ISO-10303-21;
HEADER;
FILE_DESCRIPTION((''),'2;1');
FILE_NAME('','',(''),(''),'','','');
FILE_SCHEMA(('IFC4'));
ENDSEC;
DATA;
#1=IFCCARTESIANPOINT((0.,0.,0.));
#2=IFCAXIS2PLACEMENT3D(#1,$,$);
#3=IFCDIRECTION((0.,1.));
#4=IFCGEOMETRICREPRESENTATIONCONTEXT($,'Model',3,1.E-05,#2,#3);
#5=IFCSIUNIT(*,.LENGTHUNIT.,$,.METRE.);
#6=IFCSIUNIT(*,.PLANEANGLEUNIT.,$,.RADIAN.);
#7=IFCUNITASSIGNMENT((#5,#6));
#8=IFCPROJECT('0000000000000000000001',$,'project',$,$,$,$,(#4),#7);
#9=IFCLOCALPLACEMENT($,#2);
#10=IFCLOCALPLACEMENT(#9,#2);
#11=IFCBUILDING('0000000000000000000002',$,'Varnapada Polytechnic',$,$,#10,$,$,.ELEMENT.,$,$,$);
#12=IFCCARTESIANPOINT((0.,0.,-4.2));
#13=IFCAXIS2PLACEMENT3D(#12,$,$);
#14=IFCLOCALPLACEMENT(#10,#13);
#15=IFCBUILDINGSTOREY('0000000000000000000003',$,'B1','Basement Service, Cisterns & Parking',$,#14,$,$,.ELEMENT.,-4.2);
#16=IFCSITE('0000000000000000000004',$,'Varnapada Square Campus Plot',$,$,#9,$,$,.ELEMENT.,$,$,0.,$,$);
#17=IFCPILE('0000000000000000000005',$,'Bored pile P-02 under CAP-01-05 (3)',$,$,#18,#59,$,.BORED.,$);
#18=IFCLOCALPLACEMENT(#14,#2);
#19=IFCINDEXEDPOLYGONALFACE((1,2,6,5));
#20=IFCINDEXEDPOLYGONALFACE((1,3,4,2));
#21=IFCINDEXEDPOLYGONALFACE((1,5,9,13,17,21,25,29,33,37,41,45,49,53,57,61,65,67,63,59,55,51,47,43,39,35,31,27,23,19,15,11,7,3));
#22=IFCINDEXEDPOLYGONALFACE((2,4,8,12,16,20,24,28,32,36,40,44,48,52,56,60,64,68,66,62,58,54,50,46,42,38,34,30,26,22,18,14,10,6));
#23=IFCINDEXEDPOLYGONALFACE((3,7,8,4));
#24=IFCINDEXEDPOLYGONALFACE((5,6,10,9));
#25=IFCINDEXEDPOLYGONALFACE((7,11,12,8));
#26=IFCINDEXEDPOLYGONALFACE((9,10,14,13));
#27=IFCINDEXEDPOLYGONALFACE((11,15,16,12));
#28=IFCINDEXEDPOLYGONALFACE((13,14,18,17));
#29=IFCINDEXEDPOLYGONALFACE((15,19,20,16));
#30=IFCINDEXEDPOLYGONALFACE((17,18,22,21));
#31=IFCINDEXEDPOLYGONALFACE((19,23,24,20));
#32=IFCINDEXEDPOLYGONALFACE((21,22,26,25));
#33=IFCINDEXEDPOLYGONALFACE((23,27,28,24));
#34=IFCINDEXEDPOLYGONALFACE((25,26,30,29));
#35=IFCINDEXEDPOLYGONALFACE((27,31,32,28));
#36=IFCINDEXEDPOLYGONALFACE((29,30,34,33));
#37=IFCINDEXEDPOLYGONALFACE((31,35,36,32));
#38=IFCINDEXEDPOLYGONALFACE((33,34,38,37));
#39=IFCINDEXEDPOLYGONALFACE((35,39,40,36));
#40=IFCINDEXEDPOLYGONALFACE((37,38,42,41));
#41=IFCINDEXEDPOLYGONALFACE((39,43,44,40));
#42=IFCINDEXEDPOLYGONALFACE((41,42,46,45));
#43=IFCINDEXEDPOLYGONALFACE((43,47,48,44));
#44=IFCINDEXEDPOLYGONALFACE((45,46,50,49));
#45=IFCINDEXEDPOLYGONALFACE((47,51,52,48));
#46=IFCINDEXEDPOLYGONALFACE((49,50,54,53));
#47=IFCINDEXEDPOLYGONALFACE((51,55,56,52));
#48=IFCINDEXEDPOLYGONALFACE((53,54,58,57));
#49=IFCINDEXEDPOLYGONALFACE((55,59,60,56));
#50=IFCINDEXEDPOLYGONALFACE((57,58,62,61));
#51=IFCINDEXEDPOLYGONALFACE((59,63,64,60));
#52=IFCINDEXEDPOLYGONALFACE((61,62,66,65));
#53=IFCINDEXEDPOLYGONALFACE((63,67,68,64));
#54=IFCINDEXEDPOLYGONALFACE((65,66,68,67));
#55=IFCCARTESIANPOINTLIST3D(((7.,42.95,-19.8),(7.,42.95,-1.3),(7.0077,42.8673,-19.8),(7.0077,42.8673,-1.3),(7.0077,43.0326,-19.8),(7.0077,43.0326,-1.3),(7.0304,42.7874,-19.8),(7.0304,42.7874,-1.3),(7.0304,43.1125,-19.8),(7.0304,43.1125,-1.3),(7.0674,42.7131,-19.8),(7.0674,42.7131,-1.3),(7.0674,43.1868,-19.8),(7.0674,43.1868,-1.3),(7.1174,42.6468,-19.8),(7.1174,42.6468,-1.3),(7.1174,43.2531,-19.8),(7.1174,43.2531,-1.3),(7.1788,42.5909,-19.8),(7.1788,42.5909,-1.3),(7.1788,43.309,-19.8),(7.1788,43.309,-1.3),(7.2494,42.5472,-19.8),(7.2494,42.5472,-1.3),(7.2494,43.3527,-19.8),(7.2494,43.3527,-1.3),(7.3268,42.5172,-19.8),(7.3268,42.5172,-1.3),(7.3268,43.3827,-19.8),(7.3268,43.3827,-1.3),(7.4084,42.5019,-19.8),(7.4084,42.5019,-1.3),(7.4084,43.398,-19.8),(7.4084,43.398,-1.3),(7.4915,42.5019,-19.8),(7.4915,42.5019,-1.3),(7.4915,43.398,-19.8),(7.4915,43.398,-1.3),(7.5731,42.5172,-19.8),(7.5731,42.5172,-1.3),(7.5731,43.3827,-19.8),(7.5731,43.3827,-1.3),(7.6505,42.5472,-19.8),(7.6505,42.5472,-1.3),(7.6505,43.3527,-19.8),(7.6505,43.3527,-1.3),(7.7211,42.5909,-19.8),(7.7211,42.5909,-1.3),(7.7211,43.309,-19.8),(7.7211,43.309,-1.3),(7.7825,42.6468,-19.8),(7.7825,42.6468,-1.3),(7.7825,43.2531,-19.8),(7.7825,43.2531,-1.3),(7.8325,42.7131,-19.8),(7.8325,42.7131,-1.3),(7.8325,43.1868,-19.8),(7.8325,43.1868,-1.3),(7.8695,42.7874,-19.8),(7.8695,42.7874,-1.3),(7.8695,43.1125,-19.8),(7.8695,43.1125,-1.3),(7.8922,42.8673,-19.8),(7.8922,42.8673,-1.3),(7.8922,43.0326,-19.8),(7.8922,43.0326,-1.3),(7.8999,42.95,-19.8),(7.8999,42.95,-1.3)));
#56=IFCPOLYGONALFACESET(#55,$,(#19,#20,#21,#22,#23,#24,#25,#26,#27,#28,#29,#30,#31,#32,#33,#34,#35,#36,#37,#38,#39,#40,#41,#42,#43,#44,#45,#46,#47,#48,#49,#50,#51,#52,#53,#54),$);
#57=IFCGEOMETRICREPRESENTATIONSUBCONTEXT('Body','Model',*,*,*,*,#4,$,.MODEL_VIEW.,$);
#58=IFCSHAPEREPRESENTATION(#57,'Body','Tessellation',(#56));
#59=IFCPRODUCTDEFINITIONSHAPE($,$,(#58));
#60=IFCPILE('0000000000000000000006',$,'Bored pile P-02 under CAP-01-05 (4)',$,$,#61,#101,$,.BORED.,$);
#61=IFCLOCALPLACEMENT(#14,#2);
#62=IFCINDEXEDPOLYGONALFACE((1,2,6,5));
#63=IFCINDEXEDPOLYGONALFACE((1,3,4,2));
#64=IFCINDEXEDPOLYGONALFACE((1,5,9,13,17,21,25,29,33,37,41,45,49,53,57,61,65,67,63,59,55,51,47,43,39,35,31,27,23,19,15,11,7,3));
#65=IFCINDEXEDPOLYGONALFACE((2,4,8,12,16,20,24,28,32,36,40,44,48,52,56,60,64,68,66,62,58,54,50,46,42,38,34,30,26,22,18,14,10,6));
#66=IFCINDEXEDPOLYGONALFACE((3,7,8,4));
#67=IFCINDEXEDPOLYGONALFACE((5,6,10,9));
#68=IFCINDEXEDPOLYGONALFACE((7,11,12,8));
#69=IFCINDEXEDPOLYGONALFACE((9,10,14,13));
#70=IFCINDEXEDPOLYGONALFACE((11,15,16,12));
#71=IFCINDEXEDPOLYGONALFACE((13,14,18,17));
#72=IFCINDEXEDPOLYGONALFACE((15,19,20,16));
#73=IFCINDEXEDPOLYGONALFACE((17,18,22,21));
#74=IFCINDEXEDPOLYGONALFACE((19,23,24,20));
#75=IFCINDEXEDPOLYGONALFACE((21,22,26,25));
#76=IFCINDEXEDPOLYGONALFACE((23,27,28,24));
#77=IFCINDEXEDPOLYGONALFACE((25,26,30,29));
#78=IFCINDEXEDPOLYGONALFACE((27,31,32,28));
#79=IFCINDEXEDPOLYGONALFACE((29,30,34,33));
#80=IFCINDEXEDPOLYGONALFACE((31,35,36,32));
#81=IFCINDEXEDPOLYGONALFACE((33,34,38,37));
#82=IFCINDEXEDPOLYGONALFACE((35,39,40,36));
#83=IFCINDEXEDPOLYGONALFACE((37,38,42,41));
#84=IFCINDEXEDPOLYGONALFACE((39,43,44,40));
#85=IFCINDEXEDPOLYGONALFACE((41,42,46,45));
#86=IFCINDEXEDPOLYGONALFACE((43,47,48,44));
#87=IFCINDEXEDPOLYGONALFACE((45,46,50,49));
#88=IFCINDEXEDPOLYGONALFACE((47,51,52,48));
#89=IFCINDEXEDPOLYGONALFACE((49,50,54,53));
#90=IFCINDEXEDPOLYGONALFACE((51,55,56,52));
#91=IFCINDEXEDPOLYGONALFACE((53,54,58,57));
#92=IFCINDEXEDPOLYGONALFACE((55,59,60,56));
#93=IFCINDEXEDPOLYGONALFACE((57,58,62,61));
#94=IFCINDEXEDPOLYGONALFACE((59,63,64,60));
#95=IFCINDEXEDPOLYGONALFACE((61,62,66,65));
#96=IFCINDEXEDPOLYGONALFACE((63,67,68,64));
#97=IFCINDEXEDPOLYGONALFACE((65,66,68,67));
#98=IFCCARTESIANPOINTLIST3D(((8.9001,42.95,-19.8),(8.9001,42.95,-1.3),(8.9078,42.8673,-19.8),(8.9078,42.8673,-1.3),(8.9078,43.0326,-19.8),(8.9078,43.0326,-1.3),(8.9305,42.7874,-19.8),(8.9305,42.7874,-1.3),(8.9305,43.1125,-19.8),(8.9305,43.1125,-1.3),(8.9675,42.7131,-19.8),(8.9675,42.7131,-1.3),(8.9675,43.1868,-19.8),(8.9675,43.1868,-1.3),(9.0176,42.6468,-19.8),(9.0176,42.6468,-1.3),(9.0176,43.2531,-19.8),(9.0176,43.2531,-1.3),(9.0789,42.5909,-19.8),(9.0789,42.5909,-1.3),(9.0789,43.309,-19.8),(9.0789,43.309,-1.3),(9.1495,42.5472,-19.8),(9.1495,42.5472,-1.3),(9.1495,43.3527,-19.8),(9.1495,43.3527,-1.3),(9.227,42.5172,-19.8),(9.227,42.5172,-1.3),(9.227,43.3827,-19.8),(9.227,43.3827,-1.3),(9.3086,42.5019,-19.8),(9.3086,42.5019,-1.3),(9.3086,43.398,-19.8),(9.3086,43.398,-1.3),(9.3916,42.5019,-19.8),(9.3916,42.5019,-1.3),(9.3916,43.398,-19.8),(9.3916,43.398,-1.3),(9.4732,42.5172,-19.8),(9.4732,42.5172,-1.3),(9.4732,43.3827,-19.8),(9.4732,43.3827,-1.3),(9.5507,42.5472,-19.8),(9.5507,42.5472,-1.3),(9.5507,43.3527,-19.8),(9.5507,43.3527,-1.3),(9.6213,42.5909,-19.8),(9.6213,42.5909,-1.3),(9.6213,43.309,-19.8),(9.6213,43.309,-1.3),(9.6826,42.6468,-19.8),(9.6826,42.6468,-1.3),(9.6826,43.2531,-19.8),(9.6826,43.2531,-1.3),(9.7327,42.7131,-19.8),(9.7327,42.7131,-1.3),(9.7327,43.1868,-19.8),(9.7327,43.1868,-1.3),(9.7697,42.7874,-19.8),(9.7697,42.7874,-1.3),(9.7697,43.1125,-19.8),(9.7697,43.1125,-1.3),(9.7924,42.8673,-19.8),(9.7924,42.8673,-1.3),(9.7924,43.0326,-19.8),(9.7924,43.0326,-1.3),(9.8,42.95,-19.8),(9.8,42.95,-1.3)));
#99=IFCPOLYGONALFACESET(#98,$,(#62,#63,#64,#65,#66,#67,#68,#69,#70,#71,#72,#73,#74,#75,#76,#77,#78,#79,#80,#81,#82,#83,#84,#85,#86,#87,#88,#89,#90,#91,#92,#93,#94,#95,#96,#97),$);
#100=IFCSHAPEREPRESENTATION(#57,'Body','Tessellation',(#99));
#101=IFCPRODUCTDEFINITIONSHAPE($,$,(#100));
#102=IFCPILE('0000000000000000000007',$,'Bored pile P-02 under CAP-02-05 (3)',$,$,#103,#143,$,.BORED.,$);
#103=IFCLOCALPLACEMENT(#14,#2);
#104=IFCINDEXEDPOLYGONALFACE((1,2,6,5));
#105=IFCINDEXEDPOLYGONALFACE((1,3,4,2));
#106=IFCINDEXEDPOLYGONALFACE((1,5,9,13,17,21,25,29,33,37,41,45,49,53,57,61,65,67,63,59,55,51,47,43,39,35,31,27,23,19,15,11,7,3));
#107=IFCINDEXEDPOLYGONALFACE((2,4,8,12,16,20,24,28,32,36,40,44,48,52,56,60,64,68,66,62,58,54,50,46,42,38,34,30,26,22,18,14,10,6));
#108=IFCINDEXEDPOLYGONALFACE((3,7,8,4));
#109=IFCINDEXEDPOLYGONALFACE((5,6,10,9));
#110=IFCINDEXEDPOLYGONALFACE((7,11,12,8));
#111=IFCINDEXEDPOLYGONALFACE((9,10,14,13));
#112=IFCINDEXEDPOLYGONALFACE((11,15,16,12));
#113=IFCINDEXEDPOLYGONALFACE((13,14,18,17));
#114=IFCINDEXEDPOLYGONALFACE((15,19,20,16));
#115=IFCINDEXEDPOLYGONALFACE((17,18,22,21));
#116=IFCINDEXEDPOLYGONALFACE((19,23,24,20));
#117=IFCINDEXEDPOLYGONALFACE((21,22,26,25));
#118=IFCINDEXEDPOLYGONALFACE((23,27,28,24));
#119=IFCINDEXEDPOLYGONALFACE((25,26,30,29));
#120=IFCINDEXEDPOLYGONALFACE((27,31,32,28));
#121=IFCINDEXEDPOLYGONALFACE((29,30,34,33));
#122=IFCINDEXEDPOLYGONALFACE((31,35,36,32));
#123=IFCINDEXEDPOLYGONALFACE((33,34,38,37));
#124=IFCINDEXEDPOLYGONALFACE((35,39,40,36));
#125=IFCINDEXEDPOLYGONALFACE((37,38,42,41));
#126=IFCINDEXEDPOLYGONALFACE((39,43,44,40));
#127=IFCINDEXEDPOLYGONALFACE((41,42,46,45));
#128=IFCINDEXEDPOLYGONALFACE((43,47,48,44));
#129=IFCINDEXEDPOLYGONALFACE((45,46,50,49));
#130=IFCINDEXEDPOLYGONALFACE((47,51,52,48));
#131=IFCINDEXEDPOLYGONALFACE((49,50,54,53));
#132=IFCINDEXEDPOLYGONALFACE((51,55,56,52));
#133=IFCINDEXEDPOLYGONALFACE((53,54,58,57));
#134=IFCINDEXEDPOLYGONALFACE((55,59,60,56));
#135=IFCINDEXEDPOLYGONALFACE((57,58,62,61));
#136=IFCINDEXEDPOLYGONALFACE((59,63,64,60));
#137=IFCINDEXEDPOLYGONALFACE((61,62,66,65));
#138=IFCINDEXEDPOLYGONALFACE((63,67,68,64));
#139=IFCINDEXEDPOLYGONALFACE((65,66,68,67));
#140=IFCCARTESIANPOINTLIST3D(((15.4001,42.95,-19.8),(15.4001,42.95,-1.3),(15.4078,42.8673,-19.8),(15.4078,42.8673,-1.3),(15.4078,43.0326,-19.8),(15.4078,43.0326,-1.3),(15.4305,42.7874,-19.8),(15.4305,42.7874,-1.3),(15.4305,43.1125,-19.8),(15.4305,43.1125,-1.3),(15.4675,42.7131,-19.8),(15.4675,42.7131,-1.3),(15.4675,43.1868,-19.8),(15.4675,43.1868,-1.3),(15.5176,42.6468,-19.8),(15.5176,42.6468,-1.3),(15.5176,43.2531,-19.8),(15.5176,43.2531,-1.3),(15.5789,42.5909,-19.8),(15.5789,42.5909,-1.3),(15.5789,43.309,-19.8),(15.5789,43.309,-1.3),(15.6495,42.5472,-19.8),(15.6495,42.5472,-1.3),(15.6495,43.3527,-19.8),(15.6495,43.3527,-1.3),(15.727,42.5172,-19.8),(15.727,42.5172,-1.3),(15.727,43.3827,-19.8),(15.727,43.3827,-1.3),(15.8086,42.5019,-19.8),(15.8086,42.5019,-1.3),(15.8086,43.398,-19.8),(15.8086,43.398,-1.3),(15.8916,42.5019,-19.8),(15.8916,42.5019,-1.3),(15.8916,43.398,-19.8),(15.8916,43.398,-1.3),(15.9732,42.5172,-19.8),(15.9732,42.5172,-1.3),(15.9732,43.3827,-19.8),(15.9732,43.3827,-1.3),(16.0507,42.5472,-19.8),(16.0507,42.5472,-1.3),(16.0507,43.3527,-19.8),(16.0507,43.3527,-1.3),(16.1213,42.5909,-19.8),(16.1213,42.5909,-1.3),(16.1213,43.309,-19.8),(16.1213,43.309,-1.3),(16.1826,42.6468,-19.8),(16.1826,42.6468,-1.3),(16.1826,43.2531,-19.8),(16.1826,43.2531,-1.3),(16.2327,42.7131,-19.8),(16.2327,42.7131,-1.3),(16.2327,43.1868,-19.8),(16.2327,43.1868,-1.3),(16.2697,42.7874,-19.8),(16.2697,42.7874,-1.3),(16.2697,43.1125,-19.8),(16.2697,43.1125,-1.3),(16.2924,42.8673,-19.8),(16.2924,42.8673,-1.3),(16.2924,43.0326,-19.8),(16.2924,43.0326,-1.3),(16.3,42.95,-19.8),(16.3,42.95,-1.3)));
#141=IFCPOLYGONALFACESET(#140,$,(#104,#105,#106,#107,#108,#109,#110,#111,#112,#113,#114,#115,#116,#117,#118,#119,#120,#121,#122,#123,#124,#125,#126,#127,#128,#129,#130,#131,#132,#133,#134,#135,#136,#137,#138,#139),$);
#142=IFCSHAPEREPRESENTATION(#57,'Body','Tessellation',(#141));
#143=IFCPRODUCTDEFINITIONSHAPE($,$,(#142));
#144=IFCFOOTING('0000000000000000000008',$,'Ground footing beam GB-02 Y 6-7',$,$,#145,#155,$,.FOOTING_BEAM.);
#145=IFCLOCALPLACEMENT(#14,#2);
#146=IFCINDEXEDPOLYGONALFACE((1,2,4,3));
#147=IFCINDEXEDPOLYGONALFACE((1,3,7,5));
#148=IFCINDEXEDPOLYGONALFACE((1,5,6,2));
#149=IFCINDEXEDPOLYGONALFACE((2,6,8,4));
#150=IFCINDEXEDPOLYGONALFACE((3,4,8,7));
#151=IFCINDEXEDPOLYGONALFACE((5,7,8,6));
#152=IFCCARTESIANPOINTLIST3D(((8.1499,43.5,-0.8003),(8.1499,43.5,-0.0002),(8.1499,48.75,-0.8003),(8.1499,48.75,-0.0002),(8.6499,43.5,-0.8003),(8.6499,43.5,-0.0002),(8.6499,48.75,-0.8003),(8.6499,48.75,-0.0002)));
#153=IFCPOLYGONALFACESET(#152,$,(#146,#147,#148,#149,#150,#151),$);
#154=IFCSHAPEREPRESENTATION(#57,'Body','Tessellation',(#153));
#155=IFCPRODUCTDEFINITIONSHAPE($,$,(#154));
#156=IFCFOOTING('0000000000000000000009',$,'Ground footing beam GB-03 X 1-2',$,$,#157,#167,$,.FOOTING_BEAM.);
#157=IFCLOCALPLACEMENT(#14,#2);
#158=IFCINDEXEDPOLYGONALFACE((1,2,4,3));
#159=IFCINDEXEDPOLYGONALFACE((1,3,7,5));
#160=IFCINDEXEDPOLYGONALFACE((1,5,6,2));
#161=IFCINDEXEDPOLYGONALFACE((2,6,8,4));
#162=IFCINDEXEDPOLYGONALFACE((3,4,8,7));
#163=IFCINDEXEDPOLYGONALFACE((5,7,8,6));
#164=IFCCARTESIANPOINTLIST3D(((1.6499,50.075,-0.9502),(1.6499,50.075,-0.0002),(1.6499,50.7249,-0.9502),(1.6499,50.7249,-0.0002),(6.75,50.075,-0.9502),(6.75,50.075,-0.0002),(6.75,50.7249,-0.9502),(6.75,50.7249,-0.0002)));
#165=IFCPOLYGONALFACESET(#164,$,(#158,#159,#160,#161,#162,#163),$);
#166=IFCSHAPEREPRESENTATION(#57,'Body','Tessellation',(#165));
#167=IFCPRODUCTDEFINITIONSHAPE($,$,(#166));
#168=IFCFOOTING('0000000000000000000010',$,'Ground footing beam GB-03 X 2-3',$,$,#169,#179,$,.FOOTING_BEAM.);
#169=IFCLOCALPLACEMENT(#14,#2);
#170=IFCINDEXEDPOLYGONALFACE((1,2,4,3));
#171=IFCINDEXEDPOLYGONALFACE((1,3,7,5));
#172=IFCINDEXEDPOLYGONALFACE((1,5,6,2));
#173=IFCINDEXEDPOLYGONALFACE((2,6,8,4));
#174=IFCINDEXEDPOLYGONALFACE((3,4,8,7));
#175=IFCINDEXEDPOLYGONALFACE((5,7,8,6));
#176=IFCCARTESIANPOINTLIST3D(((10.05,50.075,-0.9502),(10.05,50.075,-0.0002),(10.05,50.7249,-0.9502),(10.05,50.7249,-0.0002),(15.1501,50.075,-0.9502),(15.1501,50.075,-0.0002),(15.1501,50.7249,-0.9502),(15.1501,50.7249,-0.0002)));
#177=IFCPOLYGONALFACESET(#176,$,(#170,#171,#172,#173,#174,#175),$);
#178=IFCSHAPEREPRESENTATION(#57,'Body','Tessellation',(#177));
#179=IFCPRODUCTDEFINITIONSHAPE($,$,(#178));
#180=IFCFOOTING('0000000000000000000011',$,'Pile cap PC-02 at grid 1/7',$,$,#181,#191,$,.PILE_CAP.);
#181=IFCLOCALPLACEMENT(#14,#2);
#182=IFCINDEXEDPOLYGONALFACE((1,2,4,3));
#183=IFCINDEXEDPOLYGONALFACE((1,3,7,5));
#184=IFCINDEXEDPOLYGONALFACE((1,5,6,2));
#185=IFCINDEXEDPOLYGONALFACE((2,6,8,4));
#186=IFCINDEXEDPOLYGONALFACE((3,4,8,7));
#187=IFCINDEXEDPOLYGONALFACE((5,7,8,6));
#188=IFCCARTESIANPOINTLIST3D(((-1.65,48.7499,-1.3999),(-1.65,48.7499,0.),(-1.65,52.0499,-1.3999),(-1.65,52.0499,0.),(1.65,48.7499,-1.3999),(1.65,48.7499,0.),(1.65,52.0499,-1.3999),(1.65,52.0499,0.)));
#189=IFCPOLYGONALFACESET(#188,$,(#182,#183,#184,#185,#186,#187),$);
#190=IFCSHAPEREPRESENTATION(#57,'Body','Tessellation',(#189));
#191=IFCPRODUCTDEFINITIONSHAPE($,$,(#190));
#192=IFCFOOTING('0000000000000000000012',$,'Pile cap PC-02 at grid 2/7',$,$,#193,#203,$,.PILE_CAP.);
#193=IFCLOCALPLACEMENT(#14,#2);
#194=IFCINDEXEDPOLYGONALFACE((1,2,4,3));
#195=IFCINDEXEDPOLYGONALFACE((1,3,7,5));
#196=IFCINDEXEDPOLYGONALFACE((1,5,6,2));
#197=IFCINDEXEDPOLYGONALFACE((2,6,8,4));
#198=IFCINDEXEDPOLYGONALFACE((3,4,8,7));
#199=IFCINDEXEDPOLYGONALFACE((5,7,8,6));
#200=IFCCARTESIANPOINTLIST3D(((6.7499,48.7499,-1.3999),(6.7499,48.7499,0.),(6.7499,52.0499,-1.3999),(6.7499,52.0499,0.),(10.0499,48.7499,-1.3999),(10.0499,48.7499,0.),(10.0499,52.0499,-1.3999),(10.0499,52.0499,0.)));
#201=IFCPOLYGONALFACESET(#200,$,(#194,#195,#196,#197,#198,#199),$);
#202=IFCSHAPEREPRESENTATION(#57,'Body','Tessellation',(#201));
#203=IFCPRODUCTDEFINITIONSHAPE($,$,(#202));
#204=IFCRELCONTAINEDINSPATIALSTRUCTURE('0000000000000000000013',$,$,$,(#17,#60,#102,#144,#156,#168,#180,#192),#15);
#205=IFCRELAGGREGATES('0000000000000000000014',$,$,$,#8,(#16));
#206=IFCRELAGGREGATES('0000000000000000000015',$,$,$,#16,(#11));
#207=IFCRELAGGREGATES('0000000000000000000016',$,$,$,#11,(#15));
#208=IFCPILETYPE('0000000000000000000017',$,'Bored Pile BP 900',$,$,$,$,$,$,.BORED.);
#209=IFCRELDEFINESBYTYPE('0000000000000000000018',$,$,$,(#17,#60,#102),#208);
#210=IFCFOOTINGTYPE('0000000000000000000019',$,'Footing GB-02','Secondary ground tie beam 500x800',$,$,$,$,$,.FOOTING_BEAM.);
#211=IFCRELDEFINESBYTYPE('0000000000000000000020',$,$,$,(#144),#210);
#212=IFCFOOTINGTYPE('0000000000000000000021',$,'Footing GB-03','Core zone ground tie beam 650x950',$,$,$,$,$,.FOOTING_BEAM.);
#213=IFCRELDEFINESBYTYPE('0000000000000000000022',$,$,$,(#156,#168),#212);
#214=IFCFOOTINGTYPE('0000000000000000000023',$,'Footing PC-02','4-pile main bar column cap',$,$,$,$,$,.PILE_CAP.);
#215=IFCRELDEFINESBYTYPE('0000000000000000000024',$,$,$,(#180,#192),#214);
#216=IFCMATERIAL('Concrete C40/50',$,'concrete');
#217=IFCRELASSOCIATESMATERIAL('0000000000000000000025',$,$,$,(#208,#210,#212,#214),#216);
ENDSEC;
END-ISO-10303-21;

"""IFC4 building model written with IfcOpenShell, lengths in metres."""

from ifc_helpers import new_model, si_unit, direction, frame, origin, origin_2d, place, context, subcontext, project, spatial, rectangle, circle, extrude, material, material_profile, profile_set, type_object, element, save


model = new_model("IFC4")

# Units and contexts
model_context = context("Model", 3, precision=1e-05, world=origin(), true_north=direction((0.0, 1.0)))
body_context = subcontext(model_context, "Body", "Model", "MODEL_VIEW")
ifc_project = project(units=[si_unit("LENGTHUNIT", "METRE"), si_unit("PLANEANGLEUNIT", "RADIAN")], contexts=[model_context])

# Site, building, storey
site_placement = place(None, origin())
site = spatial("IfcSite", under=ifc_project, at=site_placement, Name="Varnapada Square Campus Plot", CompositionType="ELEMENT", RefElevation=0.0)
building_placement = place(site_placement, origin())
building = spatial("IfcBuilding", under=site, at=building_placement, Name="Varnapada Polytechnic", CompositionType="ELEMENT")
storey_placement = place(building_placement, frame((0.0, 0.0, -4.2)))
storey = spatial("IfcBuildingStorey", under=building, at=storey_placement, Name="B1", Description="Basement Service, Cisterns & Parking", CompositionType="ELEMENT", Elevation=-4.2)

# Piles
ifc_material_1 = material(Name="Concrete C40/50", Category="concrete")
ifc_material_profile_1 = material_profile(ifc_material_1, circle(Radius=0.45, at=origin_2d()), Name="BP 900")
ifc_profile_set_1 = profile_set([ifc_material_profile_1], Name="Concrete C40/50")
pile_type_1 = type_object("IfcPileType", Name="Bored Pile BP 900", PredefinedType="BORED", material=ifc_profile_set_1)
for number, where, z_axis, x_axis, name in (
    (1, (7.45, 42.95, -1.3), (0.0, 0.0, -1.0), (1.0, 0.0, 0.0), "Bored pile P-02 under CAP-01-05 (3)"),
    (2, (9.3501, 42.95, -1.3), (0.0, 0.0, -1.0), (1.0, 0.0, 0.0), "Bored pile P-02 under CAP-01-05 (4)"),
    (3, (15.8501, 42.95, -1.3), (0.0, 0.0, -1.0), (1.0, 0.0, 0.0), "Bored pile P-02 under CAP-02-05 (3)"),
):
    element("IfcPile", number, at=place(storey_placement, frame(where, z_axis=z_axis, x_axis=x_axis)), inside=storey, type_object=pile_type_1, Name=name, PredefinedType="BORED", context=body_context, shape_type="SweptSolid", body=[
        extrude(circle(Radius=0.45, at=origin_2d()), origin(), (0.0, 0.0, 1.0), 18.5),
    ])

# Footings
footing_type_1 = type_object("IfcFootingType", Name="Footing GB-02", Description="Secondary ground tie beam 500x800", PredefinedType="FOOTING_BEAM", material=ifc_material_1)
footing_1_placement = place(storey_placement, frame((8.3999, 46.125, -0.8003), z_axis=(0.0, 0.0, 1.0), x_axis=(0.0, 1.0, 0.0)))
element("IfcFooting", 4, at=footing_1_placement, inside=storey, type_object=footing_type_1, Name="Ground footing beam GB-02 Y 6-7", PredefinedType="FOOTING_BEAM", context=body_context, shape_type="SweptSolid", body=[
    extrude(rectangle(XDim=5.25, YDim=0.5, at=origin_2d()), origin(), (0.0, 0.0, 1.0), 0.8),
])
footing_type_2 = type_object("IfcFootingType", Name="Footing GB-03", Description="Core zone ground tie beam 650x950", PredefinedType="FOOTING_BEAM", material=ifc_material_1)
for number, where, z_axis, x_axis, name in (
    (5, (4.2, 50.3999, -0.9502), (0.0, 0.0, 1.0), (1.0, 0.0, 0.0), "Ground footing beam GB-03 X 1-2"),
    (6, (12.6001, 50.3999, -0.9502), (0.0, 0.0, 1.0), (1.0, 0.0, 0.0), "Ground footing beam GB-03 X 2-3"),
):
    element("IfcFooting", number, at=place(storey_placement, frame(where, z_axis=z_axis, x_axis=x_axis)), inside=storey, type_object=footing_type_2, Name=name, PredefinedType="FOOTING_BEAM", context=body_context, shape_type="SweptSolid", body=[
        extrude(rectangle(XDim=5.1001, YDim=0.6499, at=origin_2d()), origin(), (0.0, 0.0, 1.0), 0.95),
    ])
footing_type_3 = type_object("IfcFootingType", Name="Footing PC-02", Description="4-pile main bar column cap", PredefinedType="PILE_CAP", material=ifc_material_1)
for number, where, z_axis, x_axis, name in (
    (7, (0.0, 50.3999, -1.3999), (0.0, 0.0, 1.0), (1.0, 0.0, 0.0), "Pile cap PC-02 at grid 1/7"),
    (8, (8.3999, 50.3999, -1.3999), (0.0, 0.0, 1.0), (1.0, 0.0, 0.0), "Pile cap PC-02 at grid 2/7"),
):
    element("IfcFooting", number, at=place(storey_placement, frame(where, z_axis=z_axis, x_axis=x_axis)), inside=storey, type_object=footing_type_3, Name=name, PredefinedType="PILE_CAP", context=body_context, shape_type="SweptSolid", body=[
        extrude(rectangle(XDim=3.3, YDim=3.3, at=origin_2d()), origin(), (0.0, 0.0, 1.0), 1.3999),
    ])

save(model, "model.ifc")
